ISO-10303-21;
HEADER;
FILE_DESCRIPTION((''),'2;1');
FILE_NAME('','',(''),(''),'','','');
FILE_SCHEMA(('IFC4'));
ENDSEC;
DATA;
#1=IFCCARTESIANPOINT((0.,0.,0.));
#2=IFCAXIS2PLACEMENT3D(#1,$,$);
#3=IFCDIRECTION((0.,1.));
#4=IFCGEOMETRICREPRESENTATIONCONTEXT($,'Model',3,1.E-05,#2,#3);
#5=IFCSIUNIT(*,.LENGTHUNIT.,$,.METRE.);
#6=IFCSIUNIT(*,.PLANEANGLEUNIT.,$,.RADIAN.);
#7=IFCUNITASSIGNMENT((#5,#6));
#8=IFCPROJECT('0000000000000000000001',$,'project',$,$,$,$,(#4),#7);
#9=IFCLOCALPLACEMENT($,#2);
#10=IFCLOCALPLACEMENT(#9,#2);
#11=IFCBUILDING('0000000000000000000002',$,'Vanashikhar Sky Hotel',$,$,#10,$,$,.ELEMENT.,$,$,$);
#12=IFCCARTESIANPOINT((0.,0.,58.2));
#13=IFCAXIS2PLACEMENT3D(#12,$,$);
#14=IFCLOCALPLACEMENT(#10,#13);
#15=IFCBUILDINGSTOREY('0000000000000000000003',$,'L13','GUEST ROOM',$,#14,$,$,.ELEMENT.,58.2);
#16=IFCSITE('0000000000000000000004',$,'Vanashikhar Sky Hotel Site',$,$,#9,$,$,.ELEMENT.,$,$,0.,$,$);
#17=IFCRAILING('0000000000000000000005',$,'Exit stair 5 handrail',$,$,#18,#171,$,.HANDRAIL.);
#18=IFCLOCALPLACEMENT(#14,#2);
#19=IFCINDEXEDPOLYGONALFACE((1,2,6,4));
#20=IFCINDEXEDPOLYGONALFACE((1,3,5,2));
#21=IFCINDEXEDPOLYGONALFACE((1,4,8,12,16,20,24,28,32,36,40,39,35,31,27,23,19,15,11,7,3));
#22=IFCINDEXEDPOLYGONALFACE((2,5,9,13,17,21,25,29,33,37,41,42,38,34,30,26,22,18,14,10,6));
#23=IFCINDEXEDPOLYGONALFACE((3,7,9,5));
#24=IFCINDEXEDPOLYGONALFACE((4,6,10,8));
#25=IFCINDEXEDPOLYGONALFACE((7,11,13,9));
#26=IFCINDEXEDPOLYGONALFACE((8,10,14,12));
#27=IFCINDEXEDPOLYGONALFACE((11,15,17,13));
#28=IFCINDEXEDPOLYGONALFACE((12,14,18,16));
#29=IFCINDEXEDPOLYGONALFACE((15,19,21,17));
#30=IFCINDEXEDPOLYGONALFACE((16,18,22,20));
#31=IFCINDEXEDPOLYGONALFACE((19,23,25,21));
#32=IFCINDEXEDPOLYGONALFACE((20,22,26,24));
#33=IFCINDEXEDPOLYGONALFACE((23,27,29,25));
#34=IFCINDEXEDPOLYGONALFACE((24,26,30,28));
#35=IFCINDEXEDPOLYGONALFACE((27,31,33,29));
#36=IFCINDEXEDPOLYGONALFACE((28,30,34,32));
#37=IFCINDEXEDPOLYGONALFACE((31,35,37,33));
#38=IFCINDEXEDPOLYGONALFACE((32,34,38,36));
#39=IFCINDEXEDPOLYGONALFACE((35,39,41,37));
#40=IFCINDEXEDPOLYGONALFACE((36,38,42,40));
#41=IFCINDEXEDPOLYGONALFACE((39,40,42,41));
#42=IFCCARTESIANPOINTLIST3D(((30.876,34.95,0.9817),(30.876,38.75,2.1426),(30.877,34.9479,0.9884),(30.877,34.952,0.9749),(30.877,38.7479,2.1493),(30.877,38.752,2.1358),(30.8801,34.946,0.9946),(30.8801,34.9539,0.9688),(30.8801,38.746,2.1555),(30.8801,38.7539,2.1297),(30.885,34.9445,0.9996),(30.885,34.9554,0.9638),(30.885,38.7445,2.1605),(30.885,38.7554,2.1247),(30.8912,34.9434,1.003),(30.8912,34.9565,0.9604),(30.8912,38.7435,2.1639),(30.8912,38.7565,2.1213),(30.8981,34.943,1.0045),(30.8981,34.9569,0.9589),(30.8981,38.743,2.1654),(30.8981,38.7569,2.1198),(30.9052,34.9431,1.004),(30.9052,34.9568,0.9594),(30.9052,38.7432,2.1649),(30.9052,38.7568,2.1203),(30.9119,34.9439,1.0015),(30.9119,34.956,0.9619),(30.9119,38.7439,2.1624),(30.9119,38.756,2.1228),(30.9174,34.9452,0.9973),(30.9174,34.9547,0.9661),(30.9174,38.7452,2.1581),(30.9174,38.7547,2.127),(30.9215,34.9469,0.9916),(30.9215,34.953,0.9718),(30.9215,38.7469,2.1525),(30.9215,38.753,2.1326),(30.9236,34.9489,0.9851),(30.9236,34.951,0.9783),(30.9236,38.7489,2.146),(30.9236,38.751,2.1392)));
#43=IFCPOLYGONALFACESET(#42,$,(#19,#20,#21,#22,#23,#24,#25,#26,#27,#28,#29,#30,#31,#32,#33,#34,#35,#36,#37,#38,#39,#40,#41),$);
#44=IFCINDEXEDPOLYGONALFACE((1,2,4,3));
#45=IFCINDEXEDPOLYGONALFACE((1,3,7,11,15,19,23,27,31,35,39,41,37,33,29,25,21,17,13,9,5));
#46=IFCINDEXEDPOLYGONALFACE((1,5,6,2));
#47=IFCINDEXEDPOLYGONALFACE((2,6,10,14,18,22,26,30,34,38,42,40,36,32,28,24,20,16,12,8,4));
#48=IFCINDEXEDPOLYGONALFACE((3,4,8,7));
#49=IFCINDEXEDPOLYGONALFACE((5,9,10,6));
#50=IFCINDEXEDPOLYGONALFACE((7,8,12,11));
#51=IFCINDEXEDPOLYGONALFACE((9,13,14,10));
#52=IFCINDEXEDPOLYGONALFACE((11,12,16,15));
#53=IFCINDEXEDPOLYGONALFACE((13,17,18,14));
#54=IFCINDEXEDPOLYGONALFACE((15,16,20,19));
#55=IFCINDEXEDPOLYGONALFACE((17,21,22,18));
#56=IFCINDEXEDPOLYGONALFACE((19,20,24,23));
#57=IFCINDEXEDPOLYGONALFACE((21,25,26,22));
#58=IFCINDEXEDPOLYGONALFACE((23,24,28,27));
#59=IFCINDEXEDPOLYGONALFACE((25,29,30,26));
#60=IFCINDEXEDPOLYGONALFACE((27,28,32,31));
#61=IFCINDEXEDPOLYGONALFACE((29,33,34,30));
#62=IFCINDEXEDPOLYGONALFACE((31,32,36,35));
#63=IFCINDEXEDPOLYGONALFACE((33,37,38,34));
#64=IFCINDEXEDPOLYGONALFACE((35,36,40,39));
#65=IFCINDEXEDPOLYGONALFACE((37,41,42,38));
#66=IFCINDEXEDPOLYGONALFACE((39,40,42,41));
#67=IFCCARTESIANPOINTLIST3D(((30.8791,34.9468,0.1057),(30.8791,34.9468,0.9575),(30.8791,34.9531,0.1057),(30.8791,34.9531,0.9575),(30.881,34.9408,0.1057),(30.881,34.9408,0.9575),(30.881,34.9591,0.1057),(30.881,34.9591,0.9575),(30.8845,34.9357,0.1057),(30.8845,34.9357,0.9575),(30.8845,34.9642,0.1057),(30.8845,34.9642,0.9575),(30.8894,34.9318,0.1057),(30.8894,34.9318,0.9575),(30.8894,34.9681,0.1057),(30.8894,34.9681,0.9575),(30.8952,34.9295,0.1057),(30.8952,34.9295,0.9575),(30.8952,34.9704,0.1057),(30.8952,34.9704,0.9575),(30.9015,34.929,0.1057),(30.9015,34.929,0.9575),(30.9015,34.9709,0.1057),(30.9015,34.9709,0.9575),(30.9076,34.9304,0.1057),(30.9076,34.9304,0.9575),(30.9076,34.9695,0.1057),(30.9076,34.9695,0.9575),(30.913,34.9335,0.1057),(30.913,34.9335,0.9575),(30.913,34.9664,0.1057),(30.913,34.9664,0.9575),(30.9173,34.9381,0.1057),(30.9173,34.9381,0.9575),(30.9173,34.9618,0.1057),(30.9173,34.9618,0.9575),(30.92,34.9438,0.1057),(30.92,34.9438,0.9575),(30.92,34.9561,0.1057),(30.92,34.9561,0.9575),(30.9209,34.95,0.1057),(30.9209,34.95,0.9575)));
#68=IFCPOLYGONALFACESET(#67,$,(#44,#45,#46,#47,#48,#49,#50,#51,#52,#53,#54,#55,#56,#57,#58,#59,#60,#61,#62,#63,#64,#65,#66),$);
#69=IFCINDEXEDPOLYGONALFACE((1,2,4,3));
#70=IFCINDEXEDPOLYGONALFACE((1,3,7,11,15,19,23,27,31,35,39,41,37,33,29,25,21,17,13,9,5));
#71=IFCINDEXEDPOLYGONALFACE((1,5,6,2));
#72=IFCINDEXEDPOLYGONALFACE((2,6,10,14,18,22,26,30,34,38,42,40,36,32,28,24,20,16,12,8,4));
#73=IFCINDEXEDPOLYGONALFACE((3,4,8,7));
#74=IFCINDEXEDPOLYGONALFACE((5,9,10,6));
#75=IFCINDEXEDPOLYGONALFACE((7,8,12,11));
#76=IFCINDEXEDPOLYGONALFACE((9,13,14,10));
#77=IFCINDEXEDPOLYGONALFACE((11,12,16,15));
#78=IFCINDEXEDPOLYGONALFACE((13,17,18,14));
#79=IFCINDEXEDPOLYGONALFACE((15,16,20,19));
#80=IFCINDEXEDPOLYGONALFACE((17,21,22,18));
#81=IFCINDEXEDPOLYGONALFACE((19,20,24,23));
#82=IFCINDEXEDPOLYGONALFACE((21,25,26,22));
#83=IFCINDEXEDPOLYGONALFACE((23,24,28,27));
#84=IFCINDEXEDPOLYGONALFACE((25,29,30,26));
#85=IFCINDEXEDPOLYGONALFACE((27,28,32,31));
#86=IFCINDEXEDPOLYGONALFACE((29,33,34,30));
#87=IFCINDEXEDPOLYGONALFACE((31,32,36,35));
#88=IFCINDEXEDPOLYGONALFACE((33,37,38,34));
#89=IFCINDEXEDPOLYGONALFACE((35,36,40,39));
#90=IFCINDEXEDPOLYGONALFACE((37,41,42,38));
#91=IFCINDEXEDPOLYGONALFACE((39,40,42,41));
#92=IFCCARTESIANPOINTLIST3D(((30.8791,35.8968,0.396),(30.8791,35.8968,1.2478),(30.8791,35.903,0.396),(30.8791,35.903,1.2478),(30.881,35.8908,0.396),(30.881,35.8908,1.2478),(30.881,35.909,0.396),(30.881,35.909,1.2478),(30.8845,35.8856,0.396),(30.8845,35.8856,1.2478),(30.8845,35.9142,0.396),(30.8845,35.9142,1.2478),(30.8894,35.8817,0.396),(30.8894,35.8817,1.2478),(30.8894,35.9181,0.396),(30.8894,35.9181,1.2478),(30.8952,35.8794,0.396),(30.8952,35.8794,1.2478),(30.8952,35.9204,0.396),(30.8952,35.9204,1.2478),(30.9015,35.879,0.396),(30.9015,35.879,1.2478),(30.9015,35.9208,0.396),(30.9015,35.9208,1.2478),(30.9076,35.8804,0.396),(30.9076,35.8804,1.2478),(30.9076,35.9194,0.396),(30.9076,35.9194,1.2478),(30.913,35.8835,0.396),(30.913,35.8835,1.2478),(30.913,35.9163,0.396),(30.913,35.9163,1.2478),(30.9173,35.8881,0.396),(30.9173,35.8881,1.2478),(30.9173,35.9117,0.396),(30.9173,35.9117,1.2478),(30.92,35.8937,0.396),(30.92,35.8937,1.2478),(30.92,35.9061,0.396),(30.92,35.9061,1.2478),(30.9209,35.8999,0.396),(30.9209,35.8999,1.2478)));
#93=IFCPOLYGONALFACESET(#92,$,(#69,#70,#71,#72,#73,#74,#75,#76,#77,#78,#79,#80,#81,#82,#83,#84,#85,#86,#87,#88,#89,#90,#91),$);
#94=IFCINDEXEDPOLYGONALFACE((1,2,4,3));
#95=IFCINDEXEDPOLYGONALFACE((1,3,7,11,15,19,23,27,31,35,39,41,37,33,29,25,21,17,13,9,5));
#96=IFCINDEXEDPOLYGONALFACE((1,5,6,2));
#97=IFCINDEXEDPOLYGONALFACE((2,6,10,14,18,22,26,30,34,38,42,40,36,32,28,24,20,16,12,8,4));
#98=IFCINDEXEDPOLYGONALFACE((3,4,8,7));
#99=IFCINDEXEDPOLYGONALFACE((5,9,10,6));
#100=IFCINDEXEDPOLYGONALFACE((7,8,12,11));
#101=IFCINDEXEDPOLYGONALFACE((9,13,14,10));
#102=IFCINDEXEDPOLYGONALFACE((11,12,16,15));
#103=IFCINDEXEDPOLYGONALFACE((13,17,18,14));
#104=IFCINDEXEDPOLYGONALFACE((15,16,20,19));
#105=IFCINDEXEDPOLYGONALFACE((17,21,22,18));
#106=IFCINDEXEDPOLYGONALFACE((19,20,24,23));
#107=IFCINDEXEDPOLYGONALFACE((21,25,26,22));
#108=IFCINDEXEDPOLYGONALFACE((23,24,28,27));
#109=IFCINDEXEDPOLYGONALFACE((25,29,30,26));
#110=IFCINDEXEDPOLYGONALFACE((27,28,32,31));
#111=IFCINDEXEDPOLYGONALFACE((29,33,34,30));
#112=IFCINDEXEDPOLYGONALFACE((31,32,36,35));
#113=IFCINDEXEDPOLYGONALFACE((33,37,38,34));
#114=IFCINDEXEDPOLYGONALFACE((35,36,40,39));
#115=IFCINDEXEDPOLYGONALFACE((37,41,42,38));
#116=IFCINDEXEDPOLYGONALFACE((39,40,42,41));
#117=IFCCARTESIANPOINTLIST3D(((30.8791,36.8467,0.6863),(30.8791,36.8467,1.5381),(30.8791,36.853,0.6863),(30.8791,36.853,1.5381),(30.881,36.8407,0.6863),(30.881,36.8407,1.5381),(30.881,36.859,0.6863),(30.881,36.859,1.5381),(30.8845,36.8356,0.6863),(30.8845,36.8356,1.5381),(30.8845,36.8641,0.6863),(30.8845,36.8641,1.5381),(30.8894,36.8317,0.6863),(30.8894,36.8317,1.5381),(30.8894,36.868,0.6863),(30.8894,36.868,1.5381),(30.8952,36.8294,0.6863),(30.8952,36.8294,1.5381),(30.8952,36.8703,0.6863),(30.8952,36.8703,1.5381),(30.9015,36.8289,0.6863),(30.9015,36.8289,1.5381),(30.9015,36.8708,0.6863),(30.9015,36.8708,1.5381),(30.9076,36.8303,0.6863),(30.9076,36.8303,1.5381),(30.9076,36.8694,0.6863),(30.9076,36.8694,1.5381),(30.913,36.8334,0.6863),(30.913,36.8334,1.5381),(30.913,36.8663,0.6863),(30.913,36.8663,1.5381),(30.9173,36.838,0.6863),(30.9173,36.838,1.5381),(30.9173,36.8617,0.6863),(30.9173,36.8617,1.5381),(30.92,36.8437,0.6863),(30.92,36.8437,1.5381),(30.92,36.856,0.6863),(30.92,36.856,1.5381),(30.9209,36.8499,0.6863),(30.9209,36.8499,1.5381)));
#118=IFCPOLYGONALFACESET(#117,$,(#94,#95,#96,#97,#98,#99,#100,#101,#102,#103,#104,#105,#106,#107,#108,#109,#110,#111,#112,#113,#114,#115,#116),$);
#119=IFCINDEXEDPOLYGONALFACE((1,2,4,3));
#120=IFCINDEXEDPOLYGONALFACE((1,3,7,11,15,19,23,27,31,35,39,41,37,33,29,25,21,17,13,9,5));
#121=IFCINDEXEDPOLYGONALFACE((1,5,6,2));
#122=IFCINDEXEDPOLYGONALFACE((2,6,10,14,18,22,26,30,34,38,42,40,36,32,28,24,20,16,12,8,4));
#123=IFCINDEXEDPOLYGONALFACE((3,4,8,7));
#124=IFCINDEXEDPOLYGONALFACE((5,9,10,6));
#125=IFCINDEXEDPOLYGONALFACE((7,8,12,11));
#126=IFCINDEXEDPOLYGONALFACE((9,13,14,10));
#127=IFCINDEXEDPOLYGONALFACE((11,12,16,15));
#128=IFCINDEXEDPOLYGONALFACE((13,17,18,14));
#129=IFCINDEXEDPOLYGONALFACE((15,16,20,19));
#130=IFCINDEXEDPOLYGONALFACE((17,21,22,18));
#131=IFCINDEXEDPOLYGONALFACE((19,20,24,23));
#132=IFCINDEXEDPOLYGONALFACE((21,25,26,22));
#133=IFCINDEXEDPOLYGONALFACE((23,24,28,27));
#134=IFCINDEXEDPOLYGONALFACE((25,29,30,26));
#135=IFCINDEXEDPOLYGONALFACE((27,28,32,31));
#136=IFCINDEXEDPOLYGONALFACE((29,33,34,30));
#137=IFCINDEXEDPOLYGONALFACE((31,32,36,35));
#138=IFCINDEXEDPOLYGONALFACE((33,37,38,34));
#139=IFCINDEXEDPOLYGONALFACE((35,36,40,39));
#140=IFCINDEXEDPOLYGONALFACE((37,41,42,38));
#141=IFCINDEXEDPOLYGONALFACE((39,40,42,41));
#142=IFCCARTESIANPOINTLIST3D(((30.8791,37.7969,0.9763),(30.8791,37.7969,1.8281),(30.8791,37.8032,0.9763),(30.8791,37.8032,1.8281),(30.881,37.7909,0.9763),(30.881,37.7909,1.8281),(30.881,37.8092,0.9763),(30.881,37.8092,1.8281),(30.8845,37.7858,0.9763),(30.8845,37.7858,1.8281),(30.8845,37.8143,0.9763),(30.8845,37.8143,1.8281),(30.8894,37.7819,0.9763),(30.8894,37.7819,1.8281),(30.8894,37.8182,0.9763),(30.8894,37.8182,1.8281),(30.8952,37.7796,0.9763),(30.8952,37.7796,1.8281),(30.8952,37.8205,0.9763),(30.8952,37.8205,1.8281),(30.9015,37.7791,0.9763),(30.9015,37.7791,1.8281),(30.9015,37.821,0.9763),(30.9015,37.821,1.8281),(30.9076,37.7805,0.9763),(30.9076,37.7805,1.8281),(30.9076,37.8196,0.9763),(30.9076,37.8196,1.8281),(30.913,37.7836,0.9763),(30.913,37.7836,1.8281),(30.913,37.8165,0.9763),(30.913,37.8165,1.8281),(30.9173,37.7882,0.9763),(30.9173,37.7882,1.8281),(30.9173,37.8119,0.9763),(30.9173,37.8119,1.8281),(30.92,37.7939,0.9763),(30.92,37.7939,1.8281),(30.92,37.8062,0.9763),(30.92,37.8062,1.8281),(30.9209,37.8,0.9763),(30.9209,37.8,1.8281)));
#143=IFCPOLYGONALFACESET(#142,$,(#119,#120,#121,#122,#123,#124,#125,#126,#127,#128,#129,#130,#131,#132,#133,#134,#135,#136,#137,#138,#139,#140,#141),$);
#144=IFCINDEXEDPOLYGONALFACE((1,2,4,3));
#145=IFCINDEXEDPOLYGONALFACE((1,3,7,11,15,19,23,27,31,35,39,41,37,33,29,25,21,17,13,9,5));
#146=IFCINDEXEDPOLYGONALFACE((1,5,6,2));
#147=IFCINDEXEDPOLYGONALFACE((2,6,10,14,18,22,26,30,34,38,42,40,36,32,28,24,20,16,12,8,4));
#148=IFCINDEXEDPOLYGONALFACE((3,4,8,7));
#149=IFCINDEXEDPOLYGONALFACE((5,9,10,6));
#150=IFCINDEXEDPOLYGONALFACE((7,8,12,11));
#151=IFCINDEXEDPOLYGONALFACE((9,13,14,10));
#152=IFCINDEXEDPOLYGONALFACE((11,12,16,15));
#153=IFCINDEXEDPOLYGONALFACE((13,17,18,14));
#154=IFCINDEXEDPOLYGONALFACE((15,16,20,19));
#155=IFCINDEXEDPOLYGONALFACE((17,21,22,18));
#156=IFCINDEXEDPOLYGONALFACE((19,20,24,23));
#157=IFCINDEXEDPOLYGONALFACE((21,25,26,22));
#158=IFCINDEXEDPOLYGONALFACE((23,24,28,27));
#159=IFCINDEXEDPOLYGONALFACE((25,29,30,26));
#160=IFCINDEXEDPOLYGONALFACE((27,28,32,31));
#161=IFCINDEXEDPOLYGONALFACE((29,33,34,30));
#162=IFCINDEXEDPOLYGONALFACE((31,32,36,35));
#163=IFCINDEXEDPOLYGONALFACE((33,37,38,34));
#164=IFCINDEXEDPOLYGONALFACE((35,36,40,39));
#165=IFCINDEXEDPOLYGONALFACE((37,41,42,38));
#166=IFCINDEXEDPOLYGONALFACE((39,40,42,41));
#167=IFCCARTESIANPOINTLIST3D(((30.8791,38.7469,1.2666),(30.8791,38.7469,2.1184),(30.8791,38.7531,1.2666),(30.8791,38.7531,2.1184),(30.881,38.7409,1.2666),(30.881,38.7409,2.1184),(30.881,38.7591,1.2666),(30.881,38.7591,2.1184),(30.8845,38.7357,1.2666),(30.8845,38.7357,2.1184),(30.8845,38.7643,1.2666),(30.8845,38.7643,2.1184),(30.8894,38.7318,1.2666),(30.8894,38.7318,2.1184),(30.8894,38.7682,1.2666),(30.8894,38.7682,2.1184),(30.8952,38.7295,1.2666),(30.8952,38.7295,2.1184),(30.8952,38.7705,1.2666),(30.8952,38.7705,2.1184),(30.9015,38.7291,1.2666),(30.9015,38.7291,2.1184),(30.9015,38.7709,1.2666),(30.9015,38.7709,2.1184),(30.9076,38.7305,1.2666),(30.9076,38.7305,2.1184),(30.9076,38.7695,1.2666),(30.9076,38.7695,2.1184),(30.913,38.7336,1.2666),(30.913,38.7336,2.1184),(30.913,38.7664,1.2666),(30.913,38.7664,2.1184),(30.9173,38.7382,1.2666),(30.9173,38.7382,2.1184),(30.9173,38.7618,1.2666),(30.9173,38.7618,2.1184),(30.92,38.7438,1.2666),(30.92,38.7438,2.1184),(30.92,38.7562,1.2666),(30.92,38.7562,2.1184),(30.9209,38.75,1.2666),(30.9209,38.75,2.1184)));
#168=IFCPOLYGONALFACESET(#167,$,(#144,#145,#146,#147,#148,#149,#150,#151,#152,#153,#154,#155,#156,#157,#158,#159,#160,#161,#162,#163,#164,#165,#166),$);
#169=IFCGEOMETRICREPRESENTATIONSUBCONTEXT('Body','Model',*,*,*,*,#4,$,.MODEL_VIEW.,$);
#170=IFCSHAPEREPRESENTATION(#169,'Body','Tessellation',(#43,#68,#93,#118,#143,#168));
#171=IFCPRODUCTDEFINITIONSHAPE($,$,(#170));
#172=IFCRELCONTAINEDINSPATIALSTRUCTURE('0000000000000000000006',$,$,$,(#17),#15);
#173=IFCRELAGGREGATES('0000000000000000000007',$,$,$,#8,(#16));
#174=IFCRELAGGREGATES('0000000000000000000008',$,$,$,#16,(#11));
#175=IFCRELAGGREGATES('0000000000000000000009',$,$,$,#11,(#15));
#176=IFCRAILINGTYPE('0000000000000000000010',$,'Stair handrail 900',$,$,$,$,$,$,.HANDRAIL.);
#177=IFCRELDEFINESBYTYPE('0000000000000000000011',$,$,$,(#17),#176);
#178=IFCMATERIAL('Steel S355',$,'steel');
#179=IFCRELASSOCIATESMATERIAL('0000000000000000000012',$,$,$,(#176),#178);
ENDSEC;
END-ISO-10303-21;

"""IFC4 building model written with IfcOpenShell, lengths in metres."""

from ifc_helpers import new_model, si_unit, direction, frame, origin, origin_2d, place, context, subcontext, project, spatial, circle, extrude, source, transform, mapped, material, type_object, element, save


model = new_model("IFC4")

# Units and contexts
model_context = context("Model", 3, precision=1e-05, world=origin(), true_north=direction((0.0, 1.0)))
body_context = subcontext(model_context, "Body", "Model", "MODEL_VIEW")
ifc_project = project(units=[si_unit("LENGTHUNIT", "METRE"), si_unit("PLANEANGLEUNIT", "RADIAN")], contexts=[model_context])

# Site, building, storey
site_placement = place(None, origin())
site = spatial("IfcSite", under=ifc_project, at=site_placement, Name="Vanashikhar Sky Hotel Site", CompositionType="ELEMENT", RefElevation=0.0)
building_placement = place(site_placement, origin())
building = spatial("IfcBuilding", under=site, at=building_placement, Name="Vanashikhar Sky Hotel", CompositionType="ELEMENT")
storey_placement = place(building_placement, frame((0.0, 0.0, 58.2)))
storey = spatial("IfcBuildingStorey", under=building, at=storey_placement, Name="L13", Description="GUEST ROOM", CompositionType="ELEMENT", Elevation=58.2)

# Railing
ifc_material_1 = material(Name="Steel S355", Category="steel")
railing_type_1 = type_object("IfcRailingType", Name="Stair handrail 900", PredefinedType="HANDRAIL", material=ifc_material_1)
shared_shape_1 = source(origin(), body_context, "Body", "SweptSolid", [
    extrude(circle(Radius=0.0239, at=origin_2d()), frame((0.0, 0.0, 0.876), z_axis=(0.0, 0.956368, 0.292164), x_axis=(-1.0, 0.0, 0.0)), (0.0, 0.0, 1.0), 3.9734),
    extrude(circle(Radius=0.021, at=origin_2d()), origin(), (0.0, 0.0, 1.0), 0.8518),
    extrude(circle(Radius=0.021, at=origin_2d()), frame((0.0, 0.95, 0.2903)), (0.0, 0.0, 1.0), 0.8518),
    extrude(circle(Radius=0.021, at=origin_2d()), frame((0.0, 1.8999, 0.5806)), (0.0, 0.0, 1.0), 0.8518),
    extrude(circle(Radius=0.021, at=origin_2d()), frame((0.0, 2.8501, 0.8706)), (0.0, 0.0, 1.0), 0.8518),
    extrude(circle(Radius=0.021, at=origin_2d()), frame((0.0, 3.8, 1.1609)), (0.0, 0.0, 1.0), 0.8518),
])
railing_1_placement = place(storey_placement, frame((30.8999, 34.95, 0.1057)))
element("IfcRailing", 1, at=railing_1_placement, inside=storey, type_object=railing_type_1, Name="Exit stair 5 handrail", PredefinedType="HANDRAIL", context=body_context, shape_type="MappedRepresentation", body=[
    mapped(shared_shape_1, transform((0.0, 0.0, 0.0), scale=1.0)),
])

save(model, "model.ifc")
